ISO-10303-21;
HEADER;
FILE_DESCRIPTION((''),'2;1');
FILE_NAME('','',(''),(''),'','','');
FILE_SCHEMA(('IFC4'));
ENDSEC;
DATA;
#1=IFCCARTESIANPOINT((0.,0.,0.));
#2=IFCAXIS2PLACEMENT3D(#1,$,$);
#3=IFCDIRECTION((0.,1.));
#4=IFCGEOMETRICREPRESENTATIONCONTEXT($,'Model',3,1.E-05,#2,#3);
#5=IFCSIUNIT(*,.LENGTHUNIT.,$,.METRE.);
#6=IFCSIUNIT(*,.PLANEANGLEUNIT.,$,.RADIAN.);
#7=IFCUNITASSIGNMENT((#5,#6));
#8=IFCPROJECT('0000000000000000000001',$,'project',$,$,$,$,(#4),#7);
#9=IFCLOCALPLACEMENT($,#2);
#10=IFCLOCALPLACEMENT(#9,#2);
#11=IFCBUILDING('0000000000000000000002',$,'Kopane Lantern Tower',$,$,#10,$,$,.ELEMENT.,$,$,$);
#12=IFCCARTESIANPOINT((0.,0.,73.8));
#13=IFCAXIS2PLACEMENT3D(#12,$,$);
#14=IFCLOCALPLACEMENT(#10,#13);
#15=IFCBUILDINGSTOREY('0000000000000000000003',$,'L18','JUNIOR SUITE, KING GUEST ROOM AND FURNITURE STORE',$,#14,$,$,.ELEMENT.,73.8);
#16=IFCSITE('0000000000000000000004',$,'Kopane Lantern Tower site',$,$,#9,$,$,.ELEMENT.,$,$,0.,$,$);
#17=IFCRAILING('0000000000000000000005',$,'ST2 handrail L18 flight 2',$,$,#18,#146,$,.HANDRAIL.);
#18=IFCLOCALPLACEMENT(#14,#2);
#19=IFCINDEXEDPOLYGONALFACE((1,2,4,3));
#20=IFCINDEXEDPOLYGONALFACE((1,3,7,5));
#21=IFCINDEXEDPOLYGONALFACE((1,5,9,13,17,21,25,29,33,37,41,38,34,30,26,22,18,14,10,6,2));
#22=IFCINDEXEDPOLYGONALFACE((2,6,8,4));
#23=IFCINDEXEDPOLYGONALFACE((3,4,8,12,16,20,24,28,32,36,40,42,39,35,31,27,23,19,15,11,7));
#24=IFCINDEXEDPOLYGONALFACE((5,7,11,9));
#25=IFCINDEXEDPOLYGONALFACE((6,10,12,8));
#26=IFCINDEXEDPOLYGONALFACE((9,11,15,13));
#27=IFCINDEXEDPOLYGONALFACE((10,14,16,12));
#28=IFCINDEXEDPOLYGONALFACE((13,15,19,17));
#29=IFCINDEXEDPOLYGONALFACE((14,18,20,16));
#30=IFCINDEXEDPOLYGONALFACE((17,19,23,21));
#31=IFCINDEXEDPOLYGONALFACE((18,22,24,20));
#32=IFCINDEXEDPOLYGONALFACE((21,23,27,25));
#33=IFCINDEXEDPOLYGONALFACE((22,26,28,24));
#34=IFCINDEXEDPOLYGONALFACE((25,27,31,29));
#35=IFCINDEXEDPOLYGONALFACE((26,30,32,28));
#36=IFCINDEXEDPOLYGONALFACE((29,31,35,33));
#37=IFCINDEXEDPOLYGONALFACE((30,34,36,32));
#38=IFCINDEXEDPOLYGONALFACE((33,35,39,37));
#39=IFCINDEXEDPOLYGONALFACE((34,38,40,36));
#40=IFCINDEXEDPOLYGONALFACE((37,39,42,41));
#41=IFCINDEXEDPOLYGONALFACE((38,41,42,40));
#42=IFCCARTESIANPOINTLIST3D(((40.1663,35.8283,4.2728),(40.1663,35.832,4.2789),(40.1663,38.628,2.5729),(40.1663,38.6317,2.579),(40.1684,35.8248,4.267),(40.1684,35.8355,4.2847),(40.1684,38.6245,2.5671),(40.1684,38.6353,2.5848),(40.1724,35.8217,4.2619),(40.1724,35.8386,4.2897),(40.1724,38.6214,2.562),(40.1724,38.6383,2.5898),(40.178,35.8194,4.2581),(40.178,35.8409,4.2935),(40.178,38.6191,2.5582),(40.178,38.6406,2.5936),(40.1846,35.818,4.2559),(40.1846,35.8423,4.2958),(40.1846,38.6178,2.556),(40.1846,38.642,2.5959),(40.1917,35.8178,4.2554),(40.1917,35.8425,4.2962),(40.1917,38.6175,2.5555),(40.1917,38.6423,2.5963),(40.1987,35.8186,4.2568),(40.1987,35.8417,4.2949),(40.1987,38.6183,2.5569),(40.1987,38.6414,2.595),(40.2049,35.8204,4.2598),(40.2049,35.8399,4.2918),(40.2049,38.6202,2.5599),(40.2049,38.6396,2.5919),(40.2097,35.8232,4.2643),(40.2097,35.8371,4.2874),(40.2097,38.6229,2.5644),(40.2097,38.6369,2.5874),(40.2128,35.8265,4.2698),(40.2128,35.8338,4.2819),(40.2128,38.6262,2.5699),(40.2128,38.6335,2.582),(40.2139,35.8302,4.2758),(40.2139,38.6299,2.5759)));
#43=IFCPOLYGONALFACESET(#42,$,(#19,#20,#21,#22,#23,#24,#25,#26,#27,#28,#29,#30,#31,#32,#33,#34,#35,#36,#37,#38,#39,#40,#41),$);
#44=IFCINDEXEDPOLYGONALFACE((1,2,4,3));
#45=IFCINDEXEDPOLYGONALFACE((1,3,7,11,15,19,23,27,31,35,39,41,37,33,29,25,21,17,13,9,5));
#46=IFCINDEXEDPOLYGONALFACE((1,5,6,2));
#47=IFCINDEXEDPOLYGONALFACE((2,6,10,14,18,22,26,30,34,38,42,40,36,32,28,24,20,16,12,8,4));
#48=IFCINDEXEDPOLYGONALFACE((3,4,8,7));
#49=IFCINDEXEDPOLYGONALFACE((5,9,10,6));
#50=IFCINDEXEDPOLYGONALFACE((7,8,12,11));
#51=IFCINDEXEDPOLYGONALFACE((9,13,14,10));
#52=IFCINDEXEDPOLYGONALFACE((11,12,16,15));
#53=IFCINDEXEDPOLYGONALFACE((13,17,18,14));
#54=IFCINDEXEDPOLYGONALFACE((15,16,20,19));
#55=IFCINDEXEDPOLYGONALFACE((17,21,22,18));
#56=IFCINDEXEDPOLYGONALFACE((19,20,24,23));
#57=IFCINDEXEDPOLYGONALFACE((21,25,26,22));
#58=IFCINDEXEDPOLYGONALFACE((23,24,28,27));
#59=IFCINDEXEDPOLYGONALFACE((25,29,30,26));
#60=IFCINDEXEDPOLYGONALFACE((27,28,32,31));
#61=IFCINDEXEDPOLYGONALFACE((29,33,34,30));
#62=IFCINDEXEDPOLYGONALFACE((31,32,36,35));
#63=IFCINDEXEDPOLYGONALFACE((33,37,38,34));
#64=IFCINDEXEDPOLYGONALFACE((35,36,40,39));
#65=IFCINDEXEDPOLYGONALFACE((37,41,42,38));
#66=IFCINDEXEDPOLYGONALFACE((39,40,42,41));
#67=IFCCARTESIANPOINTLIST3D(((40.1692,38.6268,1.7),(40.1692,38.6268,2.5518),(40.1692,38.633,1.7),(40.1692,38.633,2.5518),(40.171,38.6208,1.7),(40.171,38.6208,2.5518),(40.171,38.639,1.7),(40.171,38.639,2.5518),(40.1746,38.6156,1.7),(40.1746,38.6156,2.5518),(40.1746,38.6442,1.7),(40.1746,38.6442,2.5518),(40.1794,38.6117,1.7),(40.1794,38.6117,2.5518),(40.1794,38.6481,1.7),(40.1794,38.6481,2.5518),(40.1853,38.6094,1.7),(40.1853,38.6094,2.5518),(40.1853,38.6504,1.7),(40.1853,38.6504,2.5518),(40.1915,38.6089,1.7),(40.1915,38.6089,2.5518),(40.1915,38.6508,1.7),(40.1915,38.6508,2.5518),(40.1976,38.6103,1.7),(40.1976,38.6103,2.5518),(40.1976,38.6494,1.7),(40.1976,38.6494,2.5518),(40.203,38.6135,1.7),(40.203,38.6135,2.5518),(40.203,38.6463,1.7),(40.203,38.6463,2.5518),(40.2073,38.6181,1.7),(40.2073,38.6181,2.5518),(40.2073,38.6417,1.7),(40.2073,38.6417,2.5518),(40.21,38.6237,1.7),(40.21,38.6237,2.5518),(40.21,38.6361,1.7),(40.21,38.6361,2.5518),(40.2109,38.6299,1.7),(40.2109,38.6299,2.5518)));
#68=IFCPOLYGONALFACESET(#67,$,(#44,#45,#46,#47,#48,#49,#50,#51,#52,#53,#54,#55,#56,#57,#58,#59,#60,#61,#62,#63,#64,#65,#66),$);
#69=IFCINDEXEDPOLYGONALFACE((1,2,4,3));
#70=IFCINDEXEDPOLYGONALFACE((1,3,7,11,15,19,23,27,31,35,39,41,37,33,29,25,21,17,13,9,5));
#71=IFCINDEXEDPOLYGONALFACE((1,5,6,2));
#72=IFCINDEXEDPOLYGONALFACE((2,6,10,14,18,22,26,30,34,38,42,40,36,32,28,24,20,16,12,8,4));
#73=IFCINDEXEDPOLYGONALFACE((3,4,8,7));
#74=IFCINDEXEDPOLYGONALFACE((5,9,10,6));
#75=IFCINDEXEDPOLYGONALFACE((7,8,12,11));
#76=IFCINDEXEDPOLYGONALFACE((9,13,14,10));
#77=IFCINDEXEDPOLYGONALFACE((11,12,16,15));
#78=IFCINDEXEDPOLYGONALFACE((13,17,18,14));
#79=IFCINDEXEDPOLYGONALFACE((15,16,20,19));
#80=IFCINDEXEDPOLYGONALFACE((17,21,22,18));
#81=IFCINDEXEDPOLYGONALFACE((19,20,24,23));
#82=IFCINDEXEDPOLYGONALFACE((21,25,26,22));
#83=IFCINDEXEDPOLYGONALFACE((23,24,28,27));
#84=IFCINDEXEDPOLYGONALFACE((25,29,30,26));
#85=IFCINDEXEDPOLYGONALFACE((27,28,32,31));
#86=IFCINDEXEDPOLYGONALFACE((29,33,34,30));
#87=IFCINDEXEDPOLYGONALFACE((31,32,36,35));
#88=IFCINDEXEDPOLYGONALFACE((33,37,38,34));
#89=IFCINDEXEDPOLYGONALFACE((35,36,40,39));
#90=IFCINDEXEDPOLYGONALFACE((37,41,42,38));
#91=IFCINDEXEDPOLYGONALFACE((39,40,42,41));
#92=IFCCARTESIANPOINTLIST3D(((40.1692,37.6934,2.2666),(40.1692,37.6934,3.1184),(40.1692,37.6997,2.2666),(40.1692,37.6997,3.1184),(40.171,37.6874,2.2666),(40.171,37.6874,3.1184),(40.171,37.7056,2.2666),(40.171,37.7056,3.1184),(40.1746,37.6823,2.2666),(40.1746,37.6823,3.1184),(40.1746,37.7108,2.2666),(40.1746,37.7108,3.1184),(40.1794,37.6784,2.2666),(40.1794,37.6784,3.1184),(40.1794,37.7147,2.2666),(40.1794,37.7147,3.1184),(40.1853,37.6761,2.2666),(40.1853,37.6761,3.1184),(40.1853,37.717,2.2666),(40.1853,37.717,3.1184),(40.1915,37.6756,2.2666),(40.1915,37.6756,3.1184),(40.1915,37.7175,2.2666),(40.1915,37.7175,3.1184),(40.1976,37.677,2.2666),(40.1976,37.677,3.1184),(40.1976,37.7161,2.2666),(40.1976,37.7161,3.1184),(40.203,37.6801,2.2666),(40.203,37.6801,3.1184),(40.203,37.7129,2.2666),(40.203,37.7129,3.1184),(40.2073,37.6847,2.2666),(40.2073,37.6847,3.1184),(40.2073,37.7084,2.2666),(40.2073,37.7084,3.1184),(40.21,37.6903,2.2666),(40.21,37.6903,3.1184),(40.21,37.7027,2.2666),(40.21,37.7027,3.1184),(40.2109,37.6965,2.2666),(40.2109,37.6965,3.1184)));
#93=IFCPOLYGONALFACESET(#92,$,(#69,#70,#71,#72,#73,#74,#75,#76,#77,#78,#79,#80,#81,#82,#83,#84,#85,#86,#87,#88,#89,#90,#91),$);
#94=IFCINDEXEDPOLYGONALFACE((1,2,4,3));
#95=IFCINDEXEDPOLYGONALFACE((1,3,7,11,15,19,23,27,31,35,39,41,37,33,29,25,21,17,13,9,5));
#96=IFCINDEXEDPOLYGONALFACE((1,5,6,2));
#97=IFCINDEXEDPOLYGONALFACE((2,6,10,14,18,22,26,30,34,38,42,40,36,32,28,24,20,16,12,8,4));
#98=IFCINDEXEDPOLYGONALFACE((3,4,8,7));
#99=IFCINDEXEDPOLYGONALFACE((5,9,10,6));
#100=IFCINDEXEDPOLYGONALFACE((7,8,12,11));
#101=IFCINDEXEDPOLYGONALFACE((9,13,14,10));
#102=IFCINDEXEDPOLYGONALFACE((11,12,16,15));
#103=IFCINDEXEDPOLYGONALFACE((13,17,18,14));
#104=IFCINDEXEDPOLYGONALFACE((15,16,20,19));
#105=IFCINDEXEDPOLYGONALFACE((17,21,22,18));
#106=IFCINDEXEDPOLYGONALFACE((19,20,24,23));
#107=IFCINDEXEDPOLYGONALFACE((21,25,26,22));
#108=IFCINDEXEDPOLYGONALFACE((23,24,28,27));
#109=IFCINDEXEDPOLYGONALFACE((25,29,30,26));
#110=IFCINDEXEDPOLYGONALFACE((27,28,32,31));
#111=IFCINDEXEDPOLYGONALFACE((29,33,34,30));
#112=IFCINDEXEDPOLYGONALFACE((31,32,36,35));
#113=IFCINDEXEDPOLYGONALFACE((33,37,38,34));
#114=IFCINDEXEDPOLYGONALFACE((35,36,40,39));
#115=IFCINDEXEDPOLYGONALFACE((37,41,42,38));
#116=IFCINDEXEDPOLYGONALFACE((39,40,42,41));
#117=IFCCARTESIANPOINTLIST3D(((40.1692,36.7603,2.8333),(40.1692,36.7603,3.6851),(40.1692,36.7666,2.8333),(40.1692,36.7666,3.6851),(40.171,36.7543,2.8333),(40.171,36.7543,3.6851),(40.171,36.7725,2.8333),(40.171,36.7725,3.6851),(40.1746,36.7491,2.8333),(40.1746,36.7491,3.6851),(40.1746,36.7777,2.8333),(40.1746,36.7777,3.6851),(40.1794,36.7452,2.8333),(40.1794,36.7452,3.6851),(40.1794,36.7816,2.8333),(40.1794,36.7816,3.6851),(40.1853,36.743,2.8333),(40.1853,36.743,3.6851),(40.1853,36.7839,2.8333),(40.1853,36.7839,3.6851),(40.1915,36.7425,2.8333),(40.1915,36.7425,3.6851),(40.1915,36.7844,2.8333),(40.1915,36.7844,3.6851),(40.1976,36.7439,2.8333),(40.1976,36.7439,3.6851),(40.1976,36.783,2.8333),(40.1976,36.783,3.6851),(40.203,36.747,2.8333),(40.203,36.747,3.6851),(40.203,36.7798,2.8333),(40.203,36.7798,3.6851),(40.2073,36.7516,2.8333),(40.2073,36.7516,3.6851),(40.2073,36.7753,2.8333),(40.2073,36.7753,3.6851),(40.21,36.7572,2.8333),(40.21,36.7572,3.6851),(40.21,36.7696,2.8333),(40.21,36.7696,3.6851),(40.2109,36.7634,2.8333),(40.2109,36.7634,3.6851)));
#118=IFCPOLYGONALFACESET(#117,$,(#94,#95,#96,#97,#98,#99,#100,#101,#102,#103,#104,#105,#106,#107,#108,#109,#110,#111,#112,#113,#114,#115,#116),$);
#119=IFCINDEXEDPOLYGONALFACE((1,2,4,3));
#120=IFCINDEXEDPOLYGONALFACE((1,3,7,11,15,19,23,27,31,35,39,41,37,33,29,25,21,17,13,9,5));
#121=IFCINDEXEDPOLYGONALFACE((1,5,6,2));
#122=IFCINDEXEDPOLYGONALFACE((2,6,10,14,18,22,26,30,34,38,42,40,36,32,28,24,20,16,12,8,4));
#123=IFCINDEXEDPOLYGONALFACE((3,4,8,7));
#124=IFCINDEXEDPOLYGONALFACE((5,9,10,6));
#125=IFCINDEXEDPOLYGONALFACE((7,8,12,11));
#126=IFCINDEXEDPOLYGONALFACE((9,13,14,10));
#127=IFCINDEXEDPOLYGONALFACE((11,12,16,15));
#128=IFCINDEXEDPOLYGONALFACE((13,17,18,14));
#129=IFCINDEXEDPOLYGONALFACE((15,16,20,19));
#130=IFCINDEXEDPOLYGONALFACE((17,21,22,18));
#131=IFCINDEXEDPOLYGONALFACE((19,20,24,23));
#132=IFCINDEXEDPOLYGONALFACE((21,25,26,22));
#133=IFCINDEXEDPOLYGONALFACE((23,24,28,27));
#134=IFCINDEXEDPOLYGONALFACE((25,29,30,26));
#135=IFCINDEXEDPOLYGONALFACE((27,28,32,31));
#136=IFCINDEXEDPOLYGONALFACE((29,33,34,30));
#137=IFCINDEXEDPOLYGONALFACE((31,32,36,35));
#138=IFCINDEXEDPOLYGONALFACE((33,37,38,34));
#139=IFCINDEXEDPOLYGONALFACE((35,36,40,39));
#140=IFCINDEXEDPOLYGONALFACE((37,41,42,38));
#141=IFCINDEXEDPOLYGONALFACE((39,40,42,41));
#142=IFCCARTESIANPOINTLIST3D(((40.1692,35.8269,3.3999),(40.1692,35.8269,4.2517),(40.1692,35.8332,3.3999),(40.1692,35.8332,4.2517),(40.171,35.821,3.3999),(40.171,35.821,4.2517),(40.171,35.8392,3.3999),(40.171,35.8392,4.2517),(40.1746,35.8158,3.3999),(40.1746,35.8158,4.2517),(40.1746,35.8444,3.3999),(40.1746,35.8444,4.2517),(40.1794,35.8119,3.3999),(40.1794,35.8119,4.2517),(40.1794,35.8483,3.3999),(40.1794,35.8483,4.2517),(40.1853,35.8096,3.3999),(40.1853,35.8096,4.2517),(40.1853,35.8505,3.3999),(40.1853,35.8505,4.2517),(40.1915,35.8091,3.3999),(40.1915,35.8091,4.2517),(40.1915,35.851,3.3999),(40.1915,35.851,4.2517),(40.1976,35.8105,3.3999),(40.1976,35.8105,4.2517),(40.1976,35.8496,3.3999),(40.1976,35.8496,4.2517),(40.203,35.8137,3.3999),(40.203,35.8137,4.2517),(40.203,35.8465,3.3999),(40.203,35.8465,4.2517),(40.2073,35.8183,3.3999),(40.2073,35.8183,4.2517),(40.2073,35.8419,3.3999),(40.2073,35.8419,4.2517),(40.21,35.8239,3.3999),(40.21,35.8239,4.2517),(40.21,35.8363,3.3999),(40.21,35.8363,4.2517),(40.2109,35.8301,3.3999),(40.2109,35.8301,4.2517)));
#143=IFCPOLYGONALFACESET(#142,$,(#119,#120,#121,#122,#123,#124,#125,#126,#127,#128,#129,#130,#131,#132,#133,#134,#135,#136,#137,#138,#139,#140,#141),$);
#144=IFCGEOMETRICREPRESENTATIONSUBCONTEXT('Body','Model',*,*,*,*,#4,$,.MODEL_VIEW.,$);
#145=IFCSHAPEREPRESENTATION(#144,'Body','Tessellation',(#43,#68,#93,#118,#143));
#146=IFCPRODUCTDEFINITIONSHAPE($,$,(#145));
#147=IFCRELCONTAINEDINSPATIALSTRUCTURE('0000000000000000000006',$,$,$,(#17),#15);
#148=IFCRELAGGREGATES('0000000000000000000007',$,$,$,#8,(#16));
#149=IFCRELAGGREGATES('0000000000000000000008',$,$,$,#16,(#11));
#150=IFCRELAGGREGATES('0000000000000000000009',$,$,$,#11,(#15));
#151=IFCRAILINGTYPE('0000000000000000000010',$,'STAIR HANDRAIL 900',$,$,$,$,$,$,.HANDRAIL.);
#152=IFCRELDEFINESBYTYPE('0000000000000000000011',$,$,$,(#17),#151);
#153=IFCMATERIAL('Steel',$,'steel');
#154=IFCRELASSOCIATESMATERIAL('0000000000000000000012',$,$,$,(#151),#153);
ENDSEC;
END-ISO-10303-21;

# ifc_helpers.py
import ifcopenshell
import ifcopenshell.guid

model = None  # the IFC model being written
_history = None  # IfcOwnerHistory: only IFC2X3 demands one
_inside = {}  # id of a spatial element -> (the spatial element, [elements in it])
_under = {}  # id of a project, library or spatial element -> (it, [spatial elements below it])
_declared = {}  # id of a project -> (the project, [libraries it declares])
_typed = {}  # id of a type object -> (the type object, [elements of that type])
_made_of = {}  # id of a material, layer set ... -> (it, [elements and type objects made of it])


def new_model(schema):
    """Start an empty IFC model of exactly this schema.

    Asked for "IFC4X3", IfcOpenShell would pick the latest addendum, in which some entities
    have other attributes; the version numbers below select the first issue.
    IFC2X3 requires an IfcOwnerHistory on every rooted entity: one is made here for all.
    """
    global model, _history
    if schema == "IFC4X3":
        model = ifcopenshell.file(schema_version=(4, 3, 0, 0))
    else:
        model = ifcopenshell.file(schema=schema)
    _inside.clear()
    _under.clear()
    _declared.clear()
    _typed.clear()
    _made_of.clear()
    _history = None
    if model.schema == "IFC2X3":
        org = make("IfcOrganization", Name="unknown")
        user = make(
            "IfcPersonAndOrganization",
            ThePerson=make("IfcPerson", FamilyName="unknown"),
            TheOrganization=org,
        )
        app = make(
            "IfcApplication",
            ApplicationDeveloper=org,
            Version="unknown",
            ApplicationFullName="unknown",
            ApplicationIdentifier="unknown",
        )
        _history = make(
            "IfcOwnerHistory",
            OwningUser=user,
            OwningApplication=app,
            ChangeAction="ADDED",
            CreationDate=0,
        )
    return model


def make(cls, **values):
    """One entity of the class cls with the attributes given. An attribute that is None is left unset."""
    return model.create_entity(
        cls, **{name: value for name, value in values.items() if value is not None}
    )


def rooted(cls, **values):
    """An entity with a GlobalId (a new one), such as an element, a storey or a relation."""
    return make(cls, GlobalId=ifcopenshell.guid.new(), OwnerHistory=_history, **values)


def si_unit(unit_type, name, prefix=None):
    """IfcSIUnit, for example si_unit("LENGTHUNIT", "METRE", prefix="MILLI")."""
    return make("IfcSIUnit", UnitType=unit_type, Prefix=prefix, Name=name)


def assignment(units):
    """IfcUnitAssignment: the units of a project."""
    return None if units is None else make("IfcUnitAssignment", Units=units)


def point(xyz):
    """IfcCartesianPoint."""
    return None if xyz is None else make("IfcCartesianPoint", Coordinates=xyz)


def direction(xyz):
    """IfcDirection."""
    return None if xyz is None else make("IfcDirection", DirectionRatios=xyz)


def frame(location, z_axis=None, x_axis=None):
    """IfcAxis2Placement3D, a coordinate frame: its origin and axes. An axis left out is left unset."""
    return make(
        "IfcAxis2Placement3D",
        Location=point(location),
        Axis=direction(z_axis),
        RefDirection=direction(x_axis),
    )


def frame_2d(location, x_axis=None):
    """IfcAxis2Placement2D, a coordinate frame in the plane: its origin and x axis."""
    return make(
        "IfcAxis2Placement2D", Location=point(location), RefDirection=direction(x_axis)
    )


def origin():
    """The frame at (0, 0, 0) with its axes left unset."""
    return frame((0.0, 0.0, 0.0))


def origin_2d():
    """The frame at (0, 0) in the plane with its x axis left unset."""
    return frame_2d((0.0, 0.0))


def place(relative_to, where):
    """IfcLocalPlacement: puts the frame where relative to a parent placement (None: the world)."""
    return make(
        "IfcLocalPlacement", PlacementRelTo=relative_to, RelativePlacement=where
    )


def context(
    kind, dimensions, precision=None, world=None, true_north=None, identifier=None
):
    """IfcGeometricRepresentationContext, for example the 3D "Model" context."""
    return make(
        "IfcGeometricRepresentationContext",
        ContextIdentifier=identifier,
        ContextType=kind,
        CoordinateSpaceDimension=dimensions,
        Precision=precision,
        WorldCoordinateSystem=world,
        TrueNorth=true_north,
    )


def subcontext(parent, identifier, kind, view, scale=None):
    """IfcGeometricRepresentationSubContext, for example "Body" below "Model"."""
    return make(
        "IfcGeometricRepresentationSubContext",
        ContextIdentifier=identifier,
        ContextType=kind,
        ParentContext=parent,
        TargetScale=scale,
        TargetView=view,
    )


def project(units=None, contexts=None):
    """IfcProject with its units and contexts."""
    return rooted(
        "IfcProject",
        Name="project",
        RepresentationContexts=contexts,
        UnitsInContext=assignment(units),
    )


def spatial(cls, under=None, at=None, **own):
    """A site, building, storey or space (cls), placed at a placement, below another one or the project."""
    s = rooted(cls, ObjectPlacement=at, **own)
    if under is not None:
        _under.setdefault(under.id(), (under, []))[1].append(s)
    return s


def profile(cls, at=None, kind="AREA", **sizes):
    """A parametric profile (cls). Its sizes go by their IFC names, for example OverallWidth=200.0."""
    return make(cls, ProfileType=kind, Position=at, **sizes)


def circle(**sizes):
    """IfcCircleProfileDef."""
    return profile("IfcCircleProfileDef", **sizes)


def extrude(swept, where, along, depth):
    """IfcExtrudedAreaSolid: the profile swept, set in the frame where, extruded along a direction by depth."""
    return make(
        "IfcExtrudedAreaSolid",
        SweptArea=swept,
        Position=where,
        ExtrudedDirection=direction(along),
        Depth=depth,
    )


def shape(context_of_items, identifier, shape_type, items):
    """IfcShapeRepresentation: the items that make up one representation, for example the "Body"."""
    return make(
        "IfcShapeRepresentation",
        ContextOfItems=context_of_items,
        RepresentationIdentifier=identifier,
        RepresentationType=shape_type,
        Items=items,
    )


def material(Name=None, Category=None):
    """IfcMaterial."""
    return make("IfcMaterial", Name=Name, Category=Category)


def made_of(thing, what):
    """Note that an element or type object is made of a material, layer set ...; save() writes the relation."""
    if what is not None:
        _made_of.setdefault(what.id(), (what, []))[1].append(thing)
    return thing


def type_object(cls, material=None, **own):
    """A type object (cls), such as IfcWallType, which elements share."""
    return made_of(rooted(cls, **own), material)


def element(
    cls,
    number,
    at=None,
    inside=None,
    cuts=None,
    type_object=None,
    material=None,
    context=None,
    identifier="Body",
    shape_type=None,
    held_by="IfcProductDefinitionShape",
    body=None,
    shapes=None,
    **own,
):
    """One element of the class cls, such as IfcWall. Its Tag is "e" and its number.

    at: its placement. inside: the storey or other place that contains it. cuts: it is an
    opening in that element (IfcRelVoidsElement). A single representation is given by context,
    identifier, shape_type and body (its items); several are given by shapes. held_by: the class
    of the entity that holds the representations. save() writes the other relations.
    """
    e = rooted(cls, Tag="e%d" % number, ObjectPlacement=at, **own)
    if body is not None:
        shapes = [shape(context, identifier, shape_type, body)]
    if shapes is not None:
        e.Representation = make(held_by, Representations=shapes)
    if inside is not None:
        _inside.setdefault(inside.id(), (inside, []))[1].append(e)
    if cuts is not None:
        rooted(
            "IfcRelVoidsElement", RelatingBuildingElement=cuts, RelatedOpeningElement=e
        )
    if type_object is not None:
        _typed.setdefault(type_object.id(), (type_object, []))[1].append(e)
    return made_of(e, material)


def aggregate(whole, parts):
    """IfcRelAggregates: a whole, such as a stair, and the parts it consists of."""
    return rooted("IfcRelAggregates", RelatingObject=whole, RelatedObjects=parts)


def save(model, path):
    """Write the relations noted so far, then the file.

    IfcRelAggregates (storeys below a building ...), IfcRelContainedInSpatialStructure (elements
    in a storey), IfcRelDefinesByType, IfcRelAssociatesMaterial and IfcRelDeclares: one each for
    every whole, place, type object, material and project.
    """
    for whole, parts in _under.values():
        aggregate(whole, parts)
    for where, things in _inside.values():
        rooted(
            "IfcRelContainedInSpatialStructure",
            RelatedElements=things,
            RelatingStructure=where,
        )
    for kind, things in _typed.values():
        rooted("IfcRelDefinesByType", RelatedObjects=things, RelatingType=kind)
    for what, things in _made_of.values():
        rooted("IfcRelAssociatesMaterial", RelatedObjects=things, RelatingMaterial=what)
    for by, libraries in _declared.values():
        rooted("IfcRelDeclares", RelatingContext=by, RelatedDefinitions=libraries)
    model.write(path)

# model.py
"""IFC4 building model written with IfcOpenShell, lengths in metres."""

from ifc_helpers import new_model, si_unit, direction, frame, origin, origin_2d, place, context, subcontext, project, spatial, circle, extrude, material, type_object, element, save


model = new_model("IFC4")

# Units and contexts
model_context = context("Model", 3, precision=1e-05, world=origin(), true_north=direction((0.0, 1.0)))
body_context = subcontext(model_context, "Body", "Model", "MODEL_VIEW")
ifc_project = project(units=[si_unit("LENGTHUNIT", "METRE"), si_unit("PLANEANGLEUNIT", "RADIAN")], contexts=[model_context])

# Site, building, storey
site_placement = place(None, origin())
site = spatial("IfcSite", under=ifc_project, at=site_placement, Name="Kopane Lantern Tower site", CompositionType="ELEMENT", RefElevation=0.0)
building_placement = place(site_placement, origin())
building = spatial("IfcBuilding", under=site, at=building_placement, Name="Kopane Lantern Tower", CompositionType="ELEMENT")
storey_placement = place(building_placement, frame((0.0, 0.0, 73.8)))
storey = spatial("IfcBuildingStorey", under=building, at=storey_placement, Name="L18", Description="JUNIOR SUITE, KING GUEST ROOM AND FURNITURE STORE", CompositionType="ELEMENT", Elevation=73.8)

# Railing
ifc_material_1 = material(Name="Steel", Category="steel")
railing_type = type_object("IfcRailingType", Name="STAIR HANDRAIL 900", PredefinedType="HANDRAIL", material=ifc_material_1)
for number, where, name in (
    (1, (40.1899, 38.6299, 1.7), "ST2 handrail L18 flight 2"),
):
    element("IfcRailing", number, at=place(storey_placement, frame(where)), inside=storey, type_object=railing_type, Name=name, PredefinedType="HANDRAIL", context=body_context, shape_type="SweptSolid", body=[
        extrude(circle(Radius=0.0239, at=origin_2d()), frame((0.0, 0.0, 0.876), z_axis=(0.0, -0.854778, 0.518994), x_axis=(1.0, 0.0, 0.0)), (0.0, 0.0, 1.0), 3.2754),
        extrude(circle(Radius=0.021, at=origin_2d()), origin(), (0.0, 0.0, 1.0), 0.8518),
        extrude(circle(Radius=0.021, at=origin_2d()), frame((0.0, -0.9333, 0.5667)), (0.0, 0.0, 1.0), 0.8518),
        extrude(circle(Radius=0.021, at=origin_2d()), frame((0.0, -1.8665, 1.1333)), (0.0, 0.0, 1.0), 0.8518),
        extrude(circle(Radius=0.021, at=origin_2d()), frame((0.0, -2.7998, 1.7)), (0.0, 0.0, 1.0), 0.8518),
    ])

save(model, "model.ifc")
